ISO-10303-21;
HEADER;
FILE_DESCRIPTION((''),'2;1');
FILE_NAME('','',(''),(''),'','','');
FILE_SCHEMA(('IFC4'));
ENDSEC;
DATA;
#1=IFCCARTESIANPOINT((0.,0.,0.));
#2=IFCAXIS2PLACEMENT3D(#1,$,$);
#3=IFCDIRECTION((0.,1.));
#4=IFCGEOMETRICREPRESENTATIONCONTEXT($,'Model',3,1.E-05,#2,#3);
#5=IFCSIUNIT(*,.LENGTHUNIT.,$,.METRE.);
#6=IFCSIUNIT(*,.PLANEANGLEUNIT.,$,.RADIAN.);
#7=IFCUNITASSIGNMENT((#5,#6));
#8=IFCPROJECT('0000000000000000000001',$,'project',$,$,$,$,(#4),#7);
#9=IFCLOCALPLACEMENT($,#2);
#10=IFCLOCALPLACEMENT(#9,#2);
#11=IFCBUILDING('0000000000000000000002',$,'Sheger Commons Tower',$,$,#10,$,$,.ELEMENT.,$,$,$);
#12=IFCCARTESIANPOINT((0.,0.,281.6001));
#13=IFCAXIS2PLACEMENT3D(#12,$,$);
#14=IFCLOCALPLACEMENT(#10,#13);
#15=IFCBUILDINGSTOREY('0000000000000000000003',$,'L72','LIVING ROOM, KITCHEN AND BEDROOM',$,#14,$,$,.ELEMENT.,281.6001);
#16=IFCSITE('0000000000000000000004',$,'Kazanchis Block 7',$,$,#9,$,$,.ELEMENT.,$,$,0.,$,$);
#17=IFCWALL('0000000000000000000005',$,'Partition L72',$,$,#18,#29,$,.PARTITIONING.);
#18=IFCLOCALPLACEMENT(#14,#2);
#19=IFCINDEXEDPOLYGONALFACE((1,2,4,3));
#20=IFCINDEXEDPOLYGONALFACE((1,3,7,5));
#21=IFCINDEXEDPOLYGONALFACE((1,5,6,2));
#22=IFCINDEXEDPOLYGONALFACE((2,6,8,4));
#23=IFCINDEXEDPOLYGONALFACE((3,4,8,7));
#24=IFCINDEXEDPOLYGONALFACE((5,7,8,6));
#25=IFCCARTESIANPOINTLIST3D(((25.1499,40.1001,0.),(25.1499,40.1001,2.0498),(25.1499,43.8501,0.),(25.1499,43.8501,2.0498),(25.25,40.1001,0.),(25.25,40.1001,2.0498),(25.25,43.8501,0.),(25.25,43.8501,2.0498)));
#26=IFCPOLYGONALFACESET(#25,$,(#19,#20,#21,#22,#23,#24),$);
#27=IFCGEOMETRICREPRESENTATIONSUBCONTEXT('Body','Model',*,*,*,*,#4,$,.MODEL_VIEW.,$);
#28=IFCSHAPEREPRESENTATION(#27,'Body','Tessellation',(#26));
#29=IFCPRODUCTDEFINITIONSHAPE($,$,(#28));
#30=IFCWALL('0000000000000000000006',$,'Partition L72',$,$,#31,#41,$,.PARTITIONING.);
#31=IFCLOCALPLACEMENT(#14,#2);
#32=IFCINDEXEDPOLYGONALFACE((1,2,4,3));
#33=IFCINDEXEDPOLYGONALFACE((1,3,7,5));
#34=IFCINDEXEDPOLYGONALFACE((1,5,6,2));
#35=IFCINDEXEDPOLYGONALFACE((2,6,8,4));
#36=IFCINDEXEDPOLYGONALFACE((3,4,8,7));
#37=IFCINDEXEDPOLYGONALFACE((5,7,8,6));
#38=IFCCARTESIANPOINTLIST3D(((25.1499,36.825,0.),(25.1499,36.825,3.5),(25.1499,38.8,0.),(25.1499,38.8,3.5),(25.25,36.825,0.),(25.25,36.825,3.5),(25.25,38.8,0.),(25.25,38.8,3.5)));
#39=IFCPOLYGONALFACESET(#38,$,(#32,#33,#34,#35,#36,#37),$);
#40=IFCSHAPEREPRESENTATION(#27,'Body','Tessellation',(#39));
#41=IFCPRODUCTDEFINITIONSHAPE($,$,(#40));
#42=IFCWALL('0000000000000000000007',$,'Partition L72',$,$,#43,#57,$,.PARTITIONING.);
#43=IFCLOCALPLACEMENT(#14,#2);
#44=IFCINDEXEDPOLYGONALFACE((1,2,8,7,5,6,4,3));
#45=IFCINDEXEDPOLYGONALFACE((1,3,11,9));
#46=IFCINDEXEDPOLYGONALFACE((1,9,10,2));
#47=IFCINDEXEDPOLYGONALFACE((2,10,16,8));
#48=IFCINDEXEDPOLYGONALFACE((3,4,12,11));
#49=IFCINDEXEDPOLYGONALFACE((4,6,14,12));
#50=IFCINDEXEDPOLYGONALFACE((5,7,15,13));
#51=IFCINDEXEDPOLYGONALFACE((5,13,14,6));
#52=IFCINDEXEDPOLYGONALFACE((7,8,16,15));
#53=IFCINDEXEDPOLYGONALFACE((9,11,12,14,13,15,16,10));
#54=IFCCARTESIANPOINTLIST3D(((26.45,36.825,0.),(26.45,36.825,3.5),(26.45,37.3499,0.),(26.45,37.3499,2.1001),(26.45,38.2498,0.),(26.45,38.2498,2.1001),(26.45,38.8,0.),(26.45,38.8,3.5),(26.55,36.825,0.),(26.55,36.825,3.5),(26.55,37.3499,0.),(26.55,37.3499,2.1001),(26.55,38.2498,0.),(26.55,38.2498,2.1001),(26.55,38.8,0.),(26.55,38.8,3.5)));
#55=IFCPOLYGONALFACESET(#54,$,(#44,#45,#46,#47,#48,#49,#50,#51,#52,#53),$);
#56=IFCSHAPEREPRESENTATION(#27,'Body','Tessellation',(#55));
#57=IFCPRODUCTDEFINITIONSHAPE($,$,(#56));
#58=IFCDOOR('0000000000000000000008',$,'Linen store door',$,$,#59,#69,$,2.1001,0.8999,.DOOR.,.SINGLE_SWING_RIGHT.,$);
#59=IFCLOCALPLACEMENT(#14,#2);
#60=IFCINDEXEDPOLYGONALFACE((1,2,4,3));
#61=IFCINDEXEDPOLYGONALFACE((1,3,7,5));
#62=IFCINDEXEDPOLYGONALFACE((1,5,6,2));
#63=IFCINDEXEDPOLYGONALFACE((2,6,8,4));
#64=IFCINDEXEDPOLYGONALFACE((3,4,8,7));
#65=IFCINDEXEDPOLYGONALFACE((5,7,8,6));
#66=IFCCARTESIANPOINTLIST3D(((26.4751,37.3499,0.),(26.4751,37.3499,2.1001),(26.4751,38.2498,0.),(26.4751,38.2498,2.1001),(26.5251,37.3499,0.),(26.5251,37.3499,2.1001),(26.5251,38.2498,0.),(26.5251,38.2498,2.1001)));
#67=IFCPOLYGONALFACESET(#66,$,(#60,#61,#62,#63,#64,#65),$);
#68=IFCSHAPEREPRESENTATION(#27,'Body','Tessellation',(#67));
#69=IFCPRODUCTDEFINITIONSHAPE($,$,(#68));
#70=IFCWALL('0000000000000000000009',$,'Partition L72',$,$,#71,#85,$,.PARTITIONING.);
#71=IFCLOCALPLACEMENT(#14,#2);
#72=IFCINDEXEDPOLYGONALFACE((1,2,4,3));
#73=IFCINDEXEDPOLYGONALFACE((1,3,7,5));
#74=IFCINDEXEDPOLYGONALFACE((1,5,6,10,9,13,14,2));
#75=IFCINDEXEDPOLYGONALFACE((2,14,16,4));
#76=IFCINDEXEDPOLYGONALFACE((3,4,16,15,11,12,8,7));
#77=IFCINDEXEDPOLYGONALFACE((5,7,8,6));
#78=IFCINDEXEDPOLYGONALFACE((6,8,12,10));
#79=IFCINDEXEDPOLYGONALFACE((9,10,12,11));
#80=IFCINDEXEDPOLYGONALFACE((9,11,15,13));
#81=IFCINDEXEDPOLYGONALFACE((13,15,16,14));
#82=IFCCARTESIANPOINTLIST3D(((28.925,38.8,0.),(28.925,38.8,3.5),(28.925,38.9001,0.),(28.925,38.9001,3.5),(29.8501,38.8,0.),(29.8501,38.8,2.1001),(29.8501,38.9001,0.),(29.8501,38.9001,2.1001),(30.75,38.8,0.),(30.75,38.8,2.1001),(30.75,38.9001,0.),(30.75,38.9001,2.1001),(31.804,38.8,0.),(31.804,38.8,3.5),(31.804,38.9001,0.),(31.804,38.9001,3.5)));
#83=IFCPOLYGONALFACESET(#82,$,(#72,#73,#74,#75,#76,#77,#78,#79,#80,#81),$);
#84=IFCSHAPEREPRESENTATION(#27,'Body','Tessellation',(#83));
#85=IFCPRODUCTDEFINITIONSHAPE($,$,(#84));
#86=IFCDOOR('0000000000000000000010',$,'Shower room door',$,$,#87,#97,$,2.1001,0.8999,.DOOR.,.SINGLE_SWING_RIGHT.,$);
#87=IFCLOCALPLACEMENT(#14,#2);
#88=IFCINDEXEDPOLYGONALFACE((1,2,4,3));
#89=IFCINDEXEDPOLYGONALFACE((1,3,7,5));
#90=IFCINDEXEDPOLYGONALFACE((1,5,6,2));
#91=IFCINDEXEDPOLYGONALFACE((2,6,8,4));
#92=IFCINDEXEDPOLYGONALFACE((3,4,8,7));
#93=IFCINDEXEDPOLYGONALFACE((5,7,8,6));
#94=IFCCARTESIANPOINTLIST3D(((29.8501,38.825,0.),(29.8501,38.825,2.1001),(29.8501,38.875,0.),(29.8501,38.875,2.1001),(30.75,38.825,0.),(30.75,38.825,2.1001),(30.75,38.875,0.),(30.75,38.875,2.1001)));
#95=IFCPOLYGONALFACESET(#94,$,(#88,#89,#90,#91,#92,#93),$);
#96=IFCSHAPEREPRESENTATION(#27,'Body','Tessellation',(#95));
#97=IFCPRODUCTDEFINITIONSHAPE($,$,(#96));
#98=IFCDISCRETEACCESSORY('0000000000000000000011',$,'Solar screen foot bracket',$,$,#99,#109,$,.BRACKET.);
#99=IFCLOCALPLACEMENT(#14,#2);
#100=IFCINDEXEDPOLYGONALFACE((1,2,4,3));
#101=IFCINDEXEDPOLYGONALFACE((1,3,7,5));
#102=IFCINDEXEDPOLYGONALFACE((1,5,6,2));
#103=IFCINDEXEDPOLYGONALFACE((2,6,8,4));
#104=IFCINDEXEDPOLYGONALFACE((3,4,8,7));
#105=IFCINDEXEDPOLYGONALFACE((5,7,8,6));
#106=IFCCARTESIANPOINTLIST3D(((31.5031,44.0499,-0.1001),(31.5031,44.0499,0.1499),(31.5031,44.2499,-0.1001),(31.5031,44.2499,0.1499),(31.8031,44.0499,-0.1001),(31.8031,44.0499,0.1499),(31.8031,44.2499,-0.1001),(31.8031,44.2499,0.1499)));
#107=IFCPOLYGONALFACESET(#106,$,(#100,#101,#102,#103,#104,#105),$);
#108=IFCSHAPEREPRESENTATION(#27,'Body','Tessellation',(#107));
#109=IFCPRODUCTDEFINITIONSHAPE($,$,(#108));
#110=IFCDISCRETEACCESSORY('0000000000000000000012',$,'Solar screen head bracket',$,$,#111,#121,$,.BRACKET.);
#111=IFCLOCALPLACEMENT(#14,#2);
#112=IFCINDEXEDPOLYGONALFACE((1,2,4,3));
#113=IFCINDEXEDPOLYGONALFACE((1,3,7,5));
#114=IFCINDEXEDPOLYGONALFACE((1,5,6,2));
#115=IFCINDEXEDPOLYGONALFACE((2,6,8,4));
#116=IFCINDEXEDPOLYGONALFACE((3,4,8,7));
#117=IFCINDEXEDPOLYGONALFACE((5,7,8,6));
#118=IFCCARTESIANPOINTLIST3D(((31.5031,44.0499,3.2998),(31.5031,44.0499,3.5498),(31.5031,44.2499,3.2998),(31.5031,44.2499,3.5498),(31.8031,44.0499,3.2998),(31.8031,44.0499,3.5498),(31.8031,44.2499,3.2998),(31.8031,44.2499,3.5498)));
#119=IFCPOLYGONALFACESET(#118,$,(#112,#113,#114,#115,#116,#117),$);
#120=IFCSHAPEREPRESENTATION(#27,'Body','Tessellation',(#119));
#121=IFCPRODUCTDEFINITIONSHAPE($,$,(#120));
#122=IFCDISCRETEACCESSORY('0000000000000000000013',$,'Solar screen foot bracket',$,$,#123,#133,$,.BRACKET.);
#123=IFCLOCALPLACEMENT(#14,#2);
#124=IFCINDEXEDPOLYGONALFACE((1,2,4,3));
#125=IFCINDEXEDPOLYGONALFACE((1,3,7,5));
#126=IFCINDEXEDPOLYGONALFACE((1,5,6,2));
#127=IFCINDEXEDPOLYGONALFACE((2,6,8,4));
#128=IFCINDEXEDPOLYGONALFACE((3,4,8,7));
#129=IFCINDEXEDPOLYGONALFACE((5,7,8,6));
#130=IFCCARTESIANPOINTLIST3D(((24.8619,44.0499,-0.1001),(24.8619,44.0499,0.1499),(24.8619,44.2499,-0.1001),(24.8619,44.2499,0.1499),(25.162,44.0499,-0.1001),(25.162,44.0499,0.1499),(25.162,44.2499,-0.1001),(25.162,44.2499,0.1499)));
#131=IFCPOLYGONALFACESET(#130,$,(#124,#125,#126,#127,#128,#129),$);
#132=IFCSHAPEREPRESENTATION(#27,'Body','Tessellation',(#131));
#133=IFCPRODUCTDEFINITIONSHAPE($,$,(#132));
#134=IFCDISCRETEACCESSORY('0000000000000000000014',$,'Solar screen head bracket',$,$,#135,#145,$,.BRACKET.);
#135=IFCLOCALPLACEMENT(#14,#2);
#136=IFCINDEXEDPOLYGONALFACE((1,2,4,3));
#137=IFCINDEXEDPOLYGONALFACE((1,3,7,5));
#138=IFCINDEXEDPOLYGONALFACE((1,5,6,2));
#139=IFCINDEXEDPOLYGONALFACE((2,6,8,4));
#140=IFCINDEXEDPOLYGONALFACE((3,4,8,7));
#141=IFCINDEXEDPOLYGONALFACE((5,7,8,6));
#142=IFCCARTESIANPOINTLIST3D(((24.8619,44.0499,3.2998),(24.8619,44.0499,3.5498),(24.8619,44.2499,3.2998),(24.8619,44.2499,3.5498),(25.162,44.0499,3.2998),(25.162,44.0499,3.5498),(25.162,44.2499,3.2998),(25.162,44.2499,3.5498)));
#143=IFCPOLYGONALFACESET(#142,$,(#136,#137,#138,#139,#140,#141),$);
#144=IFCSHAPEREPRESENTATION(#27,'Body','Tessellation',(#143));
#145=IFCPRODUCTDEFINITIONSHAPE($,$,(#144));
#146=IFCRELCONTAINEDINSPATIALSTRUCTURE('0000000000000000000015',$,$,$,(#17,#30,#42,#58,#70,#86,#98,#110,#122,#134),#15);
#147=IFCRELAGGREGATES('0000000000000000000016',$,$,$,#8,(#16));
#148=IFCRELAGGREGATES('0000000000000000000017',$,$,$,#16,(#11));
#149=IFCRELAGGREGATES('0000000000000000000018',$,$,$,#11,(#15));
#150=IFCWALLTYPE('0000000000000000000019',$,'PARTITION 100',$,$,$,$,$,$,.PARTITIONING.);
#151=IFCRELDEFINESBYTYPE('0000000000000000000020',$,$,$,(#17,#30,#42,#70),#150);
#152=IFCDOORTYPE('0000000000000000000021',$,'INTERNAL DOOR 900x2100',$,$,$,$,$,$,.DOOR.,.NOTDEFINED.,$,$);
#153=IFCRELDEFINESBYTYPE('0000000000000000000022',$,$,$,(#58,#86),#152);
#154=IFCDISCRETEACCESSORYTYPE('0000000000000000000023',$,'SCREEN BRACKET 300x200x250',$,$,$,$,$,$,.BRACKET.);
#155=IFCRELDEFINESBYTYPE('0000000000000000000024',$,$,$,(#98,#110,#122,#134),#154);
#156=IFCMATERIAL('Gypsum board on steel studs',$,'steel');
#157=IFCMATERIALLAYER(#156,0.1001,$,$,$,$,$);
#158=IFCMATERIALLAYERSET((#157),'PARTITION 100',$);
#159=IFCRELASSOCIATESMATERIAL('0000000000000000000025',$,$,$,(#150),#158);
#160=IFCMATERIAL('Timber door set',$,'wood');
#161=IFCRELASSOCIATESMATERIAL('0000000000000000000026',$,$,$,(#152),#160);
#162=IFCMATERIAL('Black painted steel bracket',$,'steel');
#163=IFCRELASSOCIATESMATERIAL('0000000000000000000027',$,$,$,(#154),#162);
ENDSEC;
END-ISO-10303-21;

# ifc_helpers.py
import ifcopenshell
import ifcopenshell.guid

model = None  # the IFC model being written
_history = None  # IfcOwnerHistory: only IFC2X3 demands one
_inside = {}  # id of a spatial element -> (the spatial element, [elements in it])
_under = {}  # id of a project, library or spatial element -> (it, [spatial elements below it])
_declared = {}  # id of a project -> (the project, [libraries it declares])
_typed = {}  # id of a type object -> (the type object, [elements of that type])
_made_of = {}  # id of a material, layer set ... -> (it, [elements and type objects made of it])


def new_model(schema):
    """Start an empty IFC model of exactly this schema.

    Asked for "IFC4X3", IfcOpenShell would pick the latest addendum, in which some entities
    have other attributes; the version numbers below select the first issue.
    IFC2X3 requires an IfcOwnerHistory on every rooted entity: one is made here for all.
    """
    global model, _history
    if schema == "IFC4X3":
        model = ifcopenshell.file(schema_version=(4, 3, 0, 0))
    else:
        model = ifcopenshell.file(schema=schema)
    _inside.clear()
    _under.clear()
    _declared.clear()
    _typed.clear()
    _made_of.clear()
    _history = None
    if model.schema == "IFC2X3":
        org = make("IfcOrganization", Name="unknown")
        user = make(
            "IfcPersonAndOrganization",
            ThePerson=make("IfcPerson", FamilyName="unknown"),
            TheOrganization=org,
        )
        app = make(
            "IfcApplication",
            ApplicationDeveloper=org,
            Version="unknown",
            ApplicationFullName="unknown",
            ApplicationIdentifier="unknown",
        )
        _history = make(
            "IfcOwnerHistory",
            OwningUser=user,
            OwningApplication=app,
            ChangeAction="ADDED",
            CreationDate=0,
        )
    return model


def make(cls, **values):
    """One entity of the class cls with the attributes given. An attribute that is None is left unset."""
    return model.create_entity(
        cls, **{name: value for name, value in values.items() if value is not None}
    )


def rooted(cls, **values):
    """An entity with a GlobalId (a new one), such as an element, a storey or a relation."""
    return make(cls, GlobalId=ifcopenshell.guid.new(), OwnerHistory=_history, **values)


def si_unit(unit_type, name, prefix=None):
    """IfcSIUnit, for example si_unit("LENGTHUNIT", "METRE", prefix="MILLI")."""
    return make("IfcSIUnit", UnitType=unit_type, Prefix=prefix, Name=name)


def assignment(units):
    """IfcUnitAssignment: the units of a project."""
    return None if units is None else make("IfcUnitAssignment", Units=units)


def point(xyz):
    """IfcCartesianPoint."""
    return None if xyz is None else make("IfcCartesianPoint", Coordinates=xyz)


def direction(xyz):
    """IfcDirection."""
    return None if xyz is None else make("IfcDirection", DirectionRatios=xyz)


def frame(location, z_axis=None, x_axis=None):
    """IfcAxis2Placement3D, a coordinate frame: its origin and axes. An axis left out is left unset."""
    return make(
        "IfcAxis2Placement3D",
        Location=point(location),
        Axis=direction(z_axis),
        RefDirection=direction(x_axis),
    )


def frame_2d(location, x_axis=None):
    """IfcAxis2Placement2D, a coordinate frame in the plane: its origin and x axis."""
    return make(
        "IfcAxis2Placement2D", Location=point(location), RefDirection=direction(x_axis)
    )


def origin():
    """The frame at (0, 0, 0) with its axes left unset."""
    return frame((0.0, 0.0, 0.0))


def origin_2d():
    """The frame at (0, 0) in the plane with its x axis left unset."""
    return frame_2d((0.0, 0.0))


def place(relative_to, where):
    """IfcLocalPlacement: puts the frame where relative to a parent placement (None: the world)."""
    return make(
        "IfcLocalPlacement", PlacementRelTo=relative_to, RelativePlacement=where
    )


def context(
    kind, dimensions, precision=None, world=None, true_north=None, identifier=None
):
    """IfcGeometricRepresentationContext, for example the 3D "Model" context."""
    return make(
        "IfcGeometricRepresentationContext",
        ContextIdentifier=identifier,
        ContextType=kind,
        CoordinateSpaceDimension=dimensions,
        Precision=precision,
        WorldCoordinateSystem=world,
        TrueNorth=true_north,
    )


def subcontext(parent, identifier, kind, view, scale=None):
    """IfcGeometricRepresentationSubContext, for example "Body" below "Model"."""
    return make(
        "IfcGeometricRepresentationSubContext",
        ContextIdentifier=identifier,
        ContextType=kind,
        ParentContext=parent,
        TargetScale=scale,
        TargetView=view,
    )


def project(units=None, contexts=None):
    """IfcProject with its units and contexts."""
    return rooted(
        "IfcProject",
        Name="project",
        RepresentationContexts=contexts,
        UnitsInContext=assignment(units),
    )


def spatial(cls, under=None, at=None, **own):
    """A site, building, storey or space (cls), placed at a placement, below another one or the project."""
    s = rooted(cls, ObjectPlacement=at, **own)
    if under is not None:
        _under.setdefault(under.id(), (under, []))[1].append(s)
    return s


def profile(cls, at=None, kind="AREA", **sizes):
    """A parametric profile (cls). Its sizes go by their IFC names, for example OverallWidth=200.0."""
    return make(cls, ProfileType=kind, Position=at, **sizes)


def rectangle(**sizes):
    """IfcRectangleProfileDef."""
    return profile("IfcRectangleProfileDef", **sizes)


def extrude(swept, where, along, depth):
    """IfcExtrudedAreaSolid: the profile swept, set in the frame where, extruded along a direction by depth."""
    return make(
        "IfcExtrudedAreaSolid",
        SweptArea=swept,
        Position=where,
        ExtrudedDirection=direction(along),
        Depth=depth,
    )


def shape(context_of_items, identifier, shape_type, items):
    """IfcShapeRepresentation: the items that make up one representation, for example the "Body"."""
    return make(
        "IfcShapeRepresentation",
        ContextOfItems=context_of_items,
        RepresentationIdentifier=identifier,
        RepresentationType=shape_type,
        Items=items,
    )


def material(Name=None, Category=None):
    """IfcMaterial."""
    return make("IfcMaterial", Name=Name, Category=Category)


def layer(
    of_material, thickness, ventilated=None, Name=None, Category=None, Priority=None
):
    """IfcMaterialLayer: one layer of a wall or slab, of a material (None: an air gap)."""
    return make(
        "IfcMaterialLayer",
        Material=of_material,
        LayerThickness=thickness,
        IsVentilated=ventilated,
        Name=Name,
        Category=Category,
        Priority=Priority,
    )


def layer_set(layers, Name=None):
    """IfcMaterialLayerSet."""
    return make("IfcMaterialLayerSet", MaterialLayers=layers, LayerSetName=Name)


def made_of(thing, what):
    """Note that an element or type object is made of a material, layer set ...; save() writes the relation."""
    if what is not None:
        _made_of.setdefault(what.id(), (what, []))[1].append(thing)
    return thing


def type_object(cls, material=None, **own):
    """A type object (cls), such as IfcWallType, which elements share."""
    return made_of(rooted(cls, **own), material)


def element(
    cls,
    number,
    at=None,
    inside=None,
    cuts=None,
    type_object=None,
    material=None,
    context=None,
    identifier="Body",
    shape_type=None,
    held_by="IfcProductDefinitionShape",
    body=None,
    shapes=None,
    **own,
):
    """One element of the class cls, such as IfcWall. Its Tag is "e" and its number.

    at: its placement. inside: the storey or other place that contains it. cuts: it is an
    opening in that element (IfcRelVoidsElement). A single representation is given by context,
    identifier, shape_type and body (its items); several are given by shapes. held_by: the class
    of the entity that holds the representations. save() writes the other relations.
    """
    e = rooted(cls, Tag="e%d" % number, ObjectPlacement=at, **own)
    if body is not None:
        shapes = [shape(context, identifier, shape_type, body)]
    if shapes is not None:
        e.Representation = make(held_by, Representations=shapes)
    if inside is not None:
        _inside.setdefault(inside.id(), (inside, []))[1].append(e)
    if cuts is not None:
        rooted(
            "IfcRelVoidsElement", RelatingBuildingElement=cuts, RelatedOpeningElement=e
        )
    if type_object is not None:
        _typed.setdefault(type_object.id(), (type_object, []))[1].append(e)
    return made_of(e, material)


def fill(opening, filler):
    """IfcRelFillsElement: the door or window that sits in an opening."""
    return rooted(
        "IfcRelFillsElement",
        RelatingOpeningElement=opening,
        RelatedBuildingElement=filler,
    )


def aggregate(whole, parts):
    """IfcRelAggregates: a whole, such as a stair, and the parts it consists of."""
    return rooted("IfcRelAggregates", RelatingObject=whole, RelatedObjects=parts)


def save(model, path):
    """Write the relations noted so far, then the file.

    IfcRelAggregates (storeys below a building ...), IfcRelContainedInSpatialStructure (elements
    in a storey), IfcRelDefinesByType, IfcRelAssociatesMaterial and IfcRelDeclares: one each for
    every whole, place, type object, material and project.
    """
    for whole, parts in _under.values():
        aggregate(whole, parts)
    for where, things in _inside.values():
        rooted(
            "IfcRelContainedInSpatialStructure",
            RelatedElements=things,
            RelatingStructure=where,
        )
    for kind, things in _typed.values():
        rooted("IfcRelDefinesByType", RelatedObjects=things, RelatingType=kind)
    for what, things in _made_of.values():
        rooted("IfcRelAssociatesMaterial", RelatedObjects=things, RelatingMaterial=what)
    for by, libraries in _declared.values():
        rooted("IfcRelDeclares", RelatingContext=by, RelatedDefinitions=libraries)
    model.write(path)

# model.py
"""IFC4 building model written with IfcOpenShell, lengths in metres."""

from ifc_helpers import new_model, si_unit, direction, frame, frame_2d, origin, origin_2d, place, context, subcontext, project, spatial, rectangle, extrude, material, layer, layer_set, type_object, element, fill, save


model = new_model("IFC4")

# Units and contexts
model_context = context("Model", 3, precision=1e-05, world=origin(), true_north=direction((0.0, 1.0)))
body_context = subcontext(model_context, "Body", "Model", "MODEL_VIEW")
ifc_project = project(units=[si_unit("LENGTHUNIT", "METRE"), si_unit("PLANEANGLEUNIT", "RADIAN")], contexts=[model_context])

# Site, building, storey
site_placement = place(None, origin())
site = spatial("IfcSite", under=ifc_project, at=site_placement, Name="Kazanchis Block 7", CompositionType="ELEMENT", RefElevation=0.0)
building_placement = place(site_placement, origin())
building = spatial("IfcBuilding", under=site, at=building_placement, Name="Sheger Commons Tower", CompositionType="ELEMENT")
storey_placement = place(building_placement, frame((0.0, 0.0, 281.6001)))
storey = spatial("IfcBuildingStorey", under=building, at=storey_placement, Name="L72", Description="LIVING ROOM, KITCHEN AND BEDROOM", CompositionType="ELEMENT", Elevation=281.6001)

# Walls
ifc_material_1 = material(Name="Gypsum board on steel studs", Category="steel")
ifc_layer_1 = layer(ifc_material_1, 0.1001)
ifc_layer_set_1 = layer_set([ifc_layer_1], Name="PARTITION 100")
wall_type_1 = type_object("IfcWallType", Name="PARTITION 100", PredefinedType="PARTITIONING", material=ifc_layer_set_1)
wall_1_placement = place(storey_placement, frame((25.2, 40.1001, 0.0), z_axis=(0.0, 0.0, 1.0), x_axis=(0.0, 1.0, 0.0)))
element("IfcWall", 1, at=wall_1_placement, inside=storey, type_object=wall_type_1, Name="Partition L72", PredefinedType="PARTITIONING", context=body_context, shape_type="SweptSolid", body=[
    extrude(rectangle(XDim=3.75, YDim=0.1001, at=frame_2d((1.875, 0.0))), origin(), (0.0, 0.0, 1.0), 2.0498),
])
wall_2_placement = place(storey_placement, frame((25.2, 36.825, 0.0), z_axis=(0.0, 0.0, 1.0), x_axis=(0.0, 1.0, 0.0)))
element("IfcWall", 2, at=wall_2_placement, inside=storey, type_object=wall_type_1, Name="Partition L72", PredefinedType="PARTITIONING", context=body_context, shape_type="SweptSolid", body=[
    extrude(rectangle(XDim=1.9751, YDim=0.1001, at=frame_2d((0.9875, 0.0))), origin(), (0.0, 0.0, 1.0), 3.5),
])

# Walls, openings, doors
wall_3_placement = place(storey_placement, frame((26.5, 36.825, 0.0), z_axis=(0.0, 0.0, 1.0), x_axis=(0.0, 1.0, 0.0)))
wall_3 = element("IfcWall", 3, at=wall_3_placement, inside=storey, type_object=wall_type_1, Name="Partition L72", PredefinedType="PARTITIONING", context=body_context, shape_type="SweptSolid", body=[
    extrude(rectangle(XDim=1.9751, YDim=0.1001, at=frame_2d((0.9875, 0.0))), origin(), (0.0, 0.0, 1.0), 3.5),
])
opening_1_placement = place(wall_3_placement, frame((0.5249, 0.0, 0.0)))
opening_1 = element("IfcOpeningElement", 4, at=opening_1_placement, cuts=wall_3, PredefinedType="OPENING", context=body_context, shape_type="SweptSolid", body=[
    extrude(rectangle(XDim=0.8999, YDim=2.1001, at=frame_2d((0.45, 1.05))), frame((0.0, 0.0601, 0.0), z_axis=(0.0, -1.0, 0.0), x_axis=(1.0, 0.0, 0.0)), (0.0, 0.0, 1.0), 0.1201),
])
ifc_material_2 = material(Name="Timber door set", Category="wood")
door_type_1 = type_object("IfcDoorType", Name="INTERNAL DOOR 900x2100", OperationType="NOTDEFINED", PredefinedType="DOOR", material=ifc_material_2)
door_1_placement = place(opening_1_placement, origin())
door_1 = element("IfcDoor", 5, at=door_1_placement, inside=storey, type_object=door_type_1, Name="Linen store door", OperationType="SINGLE_SWING_RIGHT", OverallHeight=2.1001, OverallWidth=0.8999, PredefinedType="DOOR", context=body_context, shape_type="SweptSolid", body=[
    extrude(rectangle(XDim=0.8999, YDim=2.1001, at=frame_2d((0.45, 1.05))), frame((0.0, 0.0249, 0.0), z_axis=(0.0, -1.0, 0.0), x_axis=(1.0, 0.0, 0.0)), (0.0, 0.0, 1.0), 0.05),
])
fill(opening_1, door_1)
wall_4_placement = place(storey_placement, frame((28.925, 38.8501, 0.0), z_axis=(0.0, 0.0, 1.0), x_axis=(1.0, 0.0, 0.0)))
wall_4 = element("IfcWall", 6, at=wall_4_placement, inside=storey, type_object=wall_type_1, Name="Partition L72", PredefinedType="PARTITIONING", context=body_context, shape_type="SweptSolid", body=[
    extrude(rectangle(XDim=2.8789, YDim=0.1001, at=frame_2d((1.4395, 0.0))), origin(), (0.0, 0.0, 1.0), 3.5),
])
opening_2_placement = place(wall_4_placement, frame((0.925, 0.0, 0.0)))
opening_2 = element("IfcOpeningElement", 7, at=opening_2_placement, cuts=wall_4, PredefinedType="OPENING", context=body_context, shape_type="SweptSolid", body=[
    extrude(rectangle(XDim=0.8999, YDim=2.1001, at=frame_2d((0.45, 1.05))), frame((0.0, 0.0601, 0.0), z_axis=(0.0, -1.0, 0.0), x_axis=(1.0, 0.0, 0.0)), (0.0, 0.0, 1.0), 0.1201),
])
door_2_placement = place(opening_2_placement, origin())
door_2 = element("IfcDoor", 8, at=door_2_placement, inside=storey, type_object=door_type_1, Name="Shower room door", OperationType="SINGLE_SWING_RIGHT", OverallHeight=2.1001, OverallWidth=0.8999, PredefinedType="DOOR", context=body_context, shape_type="SweptSolid", body=[
    extrude(rectangle(XDim=0.8999, YDim=2.1001, at=frame_2d((0.45, 1.05))), frame((0.0, 0.0249, 0.0), z_axis=(0.0, -1.0, 0.0), x_axis=(1.0, 0.0, 0.0)), (0.0, 0.0, 1.0), 0.05),
])
fill(opening_2, door_2)

# Discrete accessories
ifc_material_3 = material(Name="Black painted steel bracket", Category="steel")
discrete_accessory_type = type_object("IfcDiscreteAccessoryType", Name="SCREEN BRACKET 300x200x250", PredefinedType="BRACKET", material=ifc_material_3)
for number, where, z_axis, x_axis, name in (
    (9, (31.6531, 44.1499, -0.1001), (0.0, 0.0, 1.0), (-1.0, 0.0, 0.0), "Solar screen foot bracket"),
    (10, (31.6531, 44.1499, 3.2998), (0.0, 0.0, 1.0), (-1.0, 0.0, 0.0), "Solar screen head bracket"),
    (11, (25.012, 44.1499, -0.1001), (0.0, 0.0, 1.0), (-1.0, 0.0, 0.0), "Solar screen foot bracket"),
    (12, (25.012, 44.1499, 3.2998), (0.0, 0.0, 1.0), (-1.0, 0.0, 0.0), "Solar screen head bracket"),
):
    element("IfcDiscreteAccessory", number, at=place(storey_placement, frame(where, z_axis=z_axis, x_axis=x_axis)), inside=storey, type_object=discrete_accessory_type, Name=name, PredefinedType="BRACKET", context=body_context, shape_type="SweptSolid", body=[
        extrude(rectangle(XDim=0.3, YDim=0.2, at=origin_2d()), origin(), (0.0, 0.0, 1.0), 0.25),
    ])

save(model, "model.ifc")
